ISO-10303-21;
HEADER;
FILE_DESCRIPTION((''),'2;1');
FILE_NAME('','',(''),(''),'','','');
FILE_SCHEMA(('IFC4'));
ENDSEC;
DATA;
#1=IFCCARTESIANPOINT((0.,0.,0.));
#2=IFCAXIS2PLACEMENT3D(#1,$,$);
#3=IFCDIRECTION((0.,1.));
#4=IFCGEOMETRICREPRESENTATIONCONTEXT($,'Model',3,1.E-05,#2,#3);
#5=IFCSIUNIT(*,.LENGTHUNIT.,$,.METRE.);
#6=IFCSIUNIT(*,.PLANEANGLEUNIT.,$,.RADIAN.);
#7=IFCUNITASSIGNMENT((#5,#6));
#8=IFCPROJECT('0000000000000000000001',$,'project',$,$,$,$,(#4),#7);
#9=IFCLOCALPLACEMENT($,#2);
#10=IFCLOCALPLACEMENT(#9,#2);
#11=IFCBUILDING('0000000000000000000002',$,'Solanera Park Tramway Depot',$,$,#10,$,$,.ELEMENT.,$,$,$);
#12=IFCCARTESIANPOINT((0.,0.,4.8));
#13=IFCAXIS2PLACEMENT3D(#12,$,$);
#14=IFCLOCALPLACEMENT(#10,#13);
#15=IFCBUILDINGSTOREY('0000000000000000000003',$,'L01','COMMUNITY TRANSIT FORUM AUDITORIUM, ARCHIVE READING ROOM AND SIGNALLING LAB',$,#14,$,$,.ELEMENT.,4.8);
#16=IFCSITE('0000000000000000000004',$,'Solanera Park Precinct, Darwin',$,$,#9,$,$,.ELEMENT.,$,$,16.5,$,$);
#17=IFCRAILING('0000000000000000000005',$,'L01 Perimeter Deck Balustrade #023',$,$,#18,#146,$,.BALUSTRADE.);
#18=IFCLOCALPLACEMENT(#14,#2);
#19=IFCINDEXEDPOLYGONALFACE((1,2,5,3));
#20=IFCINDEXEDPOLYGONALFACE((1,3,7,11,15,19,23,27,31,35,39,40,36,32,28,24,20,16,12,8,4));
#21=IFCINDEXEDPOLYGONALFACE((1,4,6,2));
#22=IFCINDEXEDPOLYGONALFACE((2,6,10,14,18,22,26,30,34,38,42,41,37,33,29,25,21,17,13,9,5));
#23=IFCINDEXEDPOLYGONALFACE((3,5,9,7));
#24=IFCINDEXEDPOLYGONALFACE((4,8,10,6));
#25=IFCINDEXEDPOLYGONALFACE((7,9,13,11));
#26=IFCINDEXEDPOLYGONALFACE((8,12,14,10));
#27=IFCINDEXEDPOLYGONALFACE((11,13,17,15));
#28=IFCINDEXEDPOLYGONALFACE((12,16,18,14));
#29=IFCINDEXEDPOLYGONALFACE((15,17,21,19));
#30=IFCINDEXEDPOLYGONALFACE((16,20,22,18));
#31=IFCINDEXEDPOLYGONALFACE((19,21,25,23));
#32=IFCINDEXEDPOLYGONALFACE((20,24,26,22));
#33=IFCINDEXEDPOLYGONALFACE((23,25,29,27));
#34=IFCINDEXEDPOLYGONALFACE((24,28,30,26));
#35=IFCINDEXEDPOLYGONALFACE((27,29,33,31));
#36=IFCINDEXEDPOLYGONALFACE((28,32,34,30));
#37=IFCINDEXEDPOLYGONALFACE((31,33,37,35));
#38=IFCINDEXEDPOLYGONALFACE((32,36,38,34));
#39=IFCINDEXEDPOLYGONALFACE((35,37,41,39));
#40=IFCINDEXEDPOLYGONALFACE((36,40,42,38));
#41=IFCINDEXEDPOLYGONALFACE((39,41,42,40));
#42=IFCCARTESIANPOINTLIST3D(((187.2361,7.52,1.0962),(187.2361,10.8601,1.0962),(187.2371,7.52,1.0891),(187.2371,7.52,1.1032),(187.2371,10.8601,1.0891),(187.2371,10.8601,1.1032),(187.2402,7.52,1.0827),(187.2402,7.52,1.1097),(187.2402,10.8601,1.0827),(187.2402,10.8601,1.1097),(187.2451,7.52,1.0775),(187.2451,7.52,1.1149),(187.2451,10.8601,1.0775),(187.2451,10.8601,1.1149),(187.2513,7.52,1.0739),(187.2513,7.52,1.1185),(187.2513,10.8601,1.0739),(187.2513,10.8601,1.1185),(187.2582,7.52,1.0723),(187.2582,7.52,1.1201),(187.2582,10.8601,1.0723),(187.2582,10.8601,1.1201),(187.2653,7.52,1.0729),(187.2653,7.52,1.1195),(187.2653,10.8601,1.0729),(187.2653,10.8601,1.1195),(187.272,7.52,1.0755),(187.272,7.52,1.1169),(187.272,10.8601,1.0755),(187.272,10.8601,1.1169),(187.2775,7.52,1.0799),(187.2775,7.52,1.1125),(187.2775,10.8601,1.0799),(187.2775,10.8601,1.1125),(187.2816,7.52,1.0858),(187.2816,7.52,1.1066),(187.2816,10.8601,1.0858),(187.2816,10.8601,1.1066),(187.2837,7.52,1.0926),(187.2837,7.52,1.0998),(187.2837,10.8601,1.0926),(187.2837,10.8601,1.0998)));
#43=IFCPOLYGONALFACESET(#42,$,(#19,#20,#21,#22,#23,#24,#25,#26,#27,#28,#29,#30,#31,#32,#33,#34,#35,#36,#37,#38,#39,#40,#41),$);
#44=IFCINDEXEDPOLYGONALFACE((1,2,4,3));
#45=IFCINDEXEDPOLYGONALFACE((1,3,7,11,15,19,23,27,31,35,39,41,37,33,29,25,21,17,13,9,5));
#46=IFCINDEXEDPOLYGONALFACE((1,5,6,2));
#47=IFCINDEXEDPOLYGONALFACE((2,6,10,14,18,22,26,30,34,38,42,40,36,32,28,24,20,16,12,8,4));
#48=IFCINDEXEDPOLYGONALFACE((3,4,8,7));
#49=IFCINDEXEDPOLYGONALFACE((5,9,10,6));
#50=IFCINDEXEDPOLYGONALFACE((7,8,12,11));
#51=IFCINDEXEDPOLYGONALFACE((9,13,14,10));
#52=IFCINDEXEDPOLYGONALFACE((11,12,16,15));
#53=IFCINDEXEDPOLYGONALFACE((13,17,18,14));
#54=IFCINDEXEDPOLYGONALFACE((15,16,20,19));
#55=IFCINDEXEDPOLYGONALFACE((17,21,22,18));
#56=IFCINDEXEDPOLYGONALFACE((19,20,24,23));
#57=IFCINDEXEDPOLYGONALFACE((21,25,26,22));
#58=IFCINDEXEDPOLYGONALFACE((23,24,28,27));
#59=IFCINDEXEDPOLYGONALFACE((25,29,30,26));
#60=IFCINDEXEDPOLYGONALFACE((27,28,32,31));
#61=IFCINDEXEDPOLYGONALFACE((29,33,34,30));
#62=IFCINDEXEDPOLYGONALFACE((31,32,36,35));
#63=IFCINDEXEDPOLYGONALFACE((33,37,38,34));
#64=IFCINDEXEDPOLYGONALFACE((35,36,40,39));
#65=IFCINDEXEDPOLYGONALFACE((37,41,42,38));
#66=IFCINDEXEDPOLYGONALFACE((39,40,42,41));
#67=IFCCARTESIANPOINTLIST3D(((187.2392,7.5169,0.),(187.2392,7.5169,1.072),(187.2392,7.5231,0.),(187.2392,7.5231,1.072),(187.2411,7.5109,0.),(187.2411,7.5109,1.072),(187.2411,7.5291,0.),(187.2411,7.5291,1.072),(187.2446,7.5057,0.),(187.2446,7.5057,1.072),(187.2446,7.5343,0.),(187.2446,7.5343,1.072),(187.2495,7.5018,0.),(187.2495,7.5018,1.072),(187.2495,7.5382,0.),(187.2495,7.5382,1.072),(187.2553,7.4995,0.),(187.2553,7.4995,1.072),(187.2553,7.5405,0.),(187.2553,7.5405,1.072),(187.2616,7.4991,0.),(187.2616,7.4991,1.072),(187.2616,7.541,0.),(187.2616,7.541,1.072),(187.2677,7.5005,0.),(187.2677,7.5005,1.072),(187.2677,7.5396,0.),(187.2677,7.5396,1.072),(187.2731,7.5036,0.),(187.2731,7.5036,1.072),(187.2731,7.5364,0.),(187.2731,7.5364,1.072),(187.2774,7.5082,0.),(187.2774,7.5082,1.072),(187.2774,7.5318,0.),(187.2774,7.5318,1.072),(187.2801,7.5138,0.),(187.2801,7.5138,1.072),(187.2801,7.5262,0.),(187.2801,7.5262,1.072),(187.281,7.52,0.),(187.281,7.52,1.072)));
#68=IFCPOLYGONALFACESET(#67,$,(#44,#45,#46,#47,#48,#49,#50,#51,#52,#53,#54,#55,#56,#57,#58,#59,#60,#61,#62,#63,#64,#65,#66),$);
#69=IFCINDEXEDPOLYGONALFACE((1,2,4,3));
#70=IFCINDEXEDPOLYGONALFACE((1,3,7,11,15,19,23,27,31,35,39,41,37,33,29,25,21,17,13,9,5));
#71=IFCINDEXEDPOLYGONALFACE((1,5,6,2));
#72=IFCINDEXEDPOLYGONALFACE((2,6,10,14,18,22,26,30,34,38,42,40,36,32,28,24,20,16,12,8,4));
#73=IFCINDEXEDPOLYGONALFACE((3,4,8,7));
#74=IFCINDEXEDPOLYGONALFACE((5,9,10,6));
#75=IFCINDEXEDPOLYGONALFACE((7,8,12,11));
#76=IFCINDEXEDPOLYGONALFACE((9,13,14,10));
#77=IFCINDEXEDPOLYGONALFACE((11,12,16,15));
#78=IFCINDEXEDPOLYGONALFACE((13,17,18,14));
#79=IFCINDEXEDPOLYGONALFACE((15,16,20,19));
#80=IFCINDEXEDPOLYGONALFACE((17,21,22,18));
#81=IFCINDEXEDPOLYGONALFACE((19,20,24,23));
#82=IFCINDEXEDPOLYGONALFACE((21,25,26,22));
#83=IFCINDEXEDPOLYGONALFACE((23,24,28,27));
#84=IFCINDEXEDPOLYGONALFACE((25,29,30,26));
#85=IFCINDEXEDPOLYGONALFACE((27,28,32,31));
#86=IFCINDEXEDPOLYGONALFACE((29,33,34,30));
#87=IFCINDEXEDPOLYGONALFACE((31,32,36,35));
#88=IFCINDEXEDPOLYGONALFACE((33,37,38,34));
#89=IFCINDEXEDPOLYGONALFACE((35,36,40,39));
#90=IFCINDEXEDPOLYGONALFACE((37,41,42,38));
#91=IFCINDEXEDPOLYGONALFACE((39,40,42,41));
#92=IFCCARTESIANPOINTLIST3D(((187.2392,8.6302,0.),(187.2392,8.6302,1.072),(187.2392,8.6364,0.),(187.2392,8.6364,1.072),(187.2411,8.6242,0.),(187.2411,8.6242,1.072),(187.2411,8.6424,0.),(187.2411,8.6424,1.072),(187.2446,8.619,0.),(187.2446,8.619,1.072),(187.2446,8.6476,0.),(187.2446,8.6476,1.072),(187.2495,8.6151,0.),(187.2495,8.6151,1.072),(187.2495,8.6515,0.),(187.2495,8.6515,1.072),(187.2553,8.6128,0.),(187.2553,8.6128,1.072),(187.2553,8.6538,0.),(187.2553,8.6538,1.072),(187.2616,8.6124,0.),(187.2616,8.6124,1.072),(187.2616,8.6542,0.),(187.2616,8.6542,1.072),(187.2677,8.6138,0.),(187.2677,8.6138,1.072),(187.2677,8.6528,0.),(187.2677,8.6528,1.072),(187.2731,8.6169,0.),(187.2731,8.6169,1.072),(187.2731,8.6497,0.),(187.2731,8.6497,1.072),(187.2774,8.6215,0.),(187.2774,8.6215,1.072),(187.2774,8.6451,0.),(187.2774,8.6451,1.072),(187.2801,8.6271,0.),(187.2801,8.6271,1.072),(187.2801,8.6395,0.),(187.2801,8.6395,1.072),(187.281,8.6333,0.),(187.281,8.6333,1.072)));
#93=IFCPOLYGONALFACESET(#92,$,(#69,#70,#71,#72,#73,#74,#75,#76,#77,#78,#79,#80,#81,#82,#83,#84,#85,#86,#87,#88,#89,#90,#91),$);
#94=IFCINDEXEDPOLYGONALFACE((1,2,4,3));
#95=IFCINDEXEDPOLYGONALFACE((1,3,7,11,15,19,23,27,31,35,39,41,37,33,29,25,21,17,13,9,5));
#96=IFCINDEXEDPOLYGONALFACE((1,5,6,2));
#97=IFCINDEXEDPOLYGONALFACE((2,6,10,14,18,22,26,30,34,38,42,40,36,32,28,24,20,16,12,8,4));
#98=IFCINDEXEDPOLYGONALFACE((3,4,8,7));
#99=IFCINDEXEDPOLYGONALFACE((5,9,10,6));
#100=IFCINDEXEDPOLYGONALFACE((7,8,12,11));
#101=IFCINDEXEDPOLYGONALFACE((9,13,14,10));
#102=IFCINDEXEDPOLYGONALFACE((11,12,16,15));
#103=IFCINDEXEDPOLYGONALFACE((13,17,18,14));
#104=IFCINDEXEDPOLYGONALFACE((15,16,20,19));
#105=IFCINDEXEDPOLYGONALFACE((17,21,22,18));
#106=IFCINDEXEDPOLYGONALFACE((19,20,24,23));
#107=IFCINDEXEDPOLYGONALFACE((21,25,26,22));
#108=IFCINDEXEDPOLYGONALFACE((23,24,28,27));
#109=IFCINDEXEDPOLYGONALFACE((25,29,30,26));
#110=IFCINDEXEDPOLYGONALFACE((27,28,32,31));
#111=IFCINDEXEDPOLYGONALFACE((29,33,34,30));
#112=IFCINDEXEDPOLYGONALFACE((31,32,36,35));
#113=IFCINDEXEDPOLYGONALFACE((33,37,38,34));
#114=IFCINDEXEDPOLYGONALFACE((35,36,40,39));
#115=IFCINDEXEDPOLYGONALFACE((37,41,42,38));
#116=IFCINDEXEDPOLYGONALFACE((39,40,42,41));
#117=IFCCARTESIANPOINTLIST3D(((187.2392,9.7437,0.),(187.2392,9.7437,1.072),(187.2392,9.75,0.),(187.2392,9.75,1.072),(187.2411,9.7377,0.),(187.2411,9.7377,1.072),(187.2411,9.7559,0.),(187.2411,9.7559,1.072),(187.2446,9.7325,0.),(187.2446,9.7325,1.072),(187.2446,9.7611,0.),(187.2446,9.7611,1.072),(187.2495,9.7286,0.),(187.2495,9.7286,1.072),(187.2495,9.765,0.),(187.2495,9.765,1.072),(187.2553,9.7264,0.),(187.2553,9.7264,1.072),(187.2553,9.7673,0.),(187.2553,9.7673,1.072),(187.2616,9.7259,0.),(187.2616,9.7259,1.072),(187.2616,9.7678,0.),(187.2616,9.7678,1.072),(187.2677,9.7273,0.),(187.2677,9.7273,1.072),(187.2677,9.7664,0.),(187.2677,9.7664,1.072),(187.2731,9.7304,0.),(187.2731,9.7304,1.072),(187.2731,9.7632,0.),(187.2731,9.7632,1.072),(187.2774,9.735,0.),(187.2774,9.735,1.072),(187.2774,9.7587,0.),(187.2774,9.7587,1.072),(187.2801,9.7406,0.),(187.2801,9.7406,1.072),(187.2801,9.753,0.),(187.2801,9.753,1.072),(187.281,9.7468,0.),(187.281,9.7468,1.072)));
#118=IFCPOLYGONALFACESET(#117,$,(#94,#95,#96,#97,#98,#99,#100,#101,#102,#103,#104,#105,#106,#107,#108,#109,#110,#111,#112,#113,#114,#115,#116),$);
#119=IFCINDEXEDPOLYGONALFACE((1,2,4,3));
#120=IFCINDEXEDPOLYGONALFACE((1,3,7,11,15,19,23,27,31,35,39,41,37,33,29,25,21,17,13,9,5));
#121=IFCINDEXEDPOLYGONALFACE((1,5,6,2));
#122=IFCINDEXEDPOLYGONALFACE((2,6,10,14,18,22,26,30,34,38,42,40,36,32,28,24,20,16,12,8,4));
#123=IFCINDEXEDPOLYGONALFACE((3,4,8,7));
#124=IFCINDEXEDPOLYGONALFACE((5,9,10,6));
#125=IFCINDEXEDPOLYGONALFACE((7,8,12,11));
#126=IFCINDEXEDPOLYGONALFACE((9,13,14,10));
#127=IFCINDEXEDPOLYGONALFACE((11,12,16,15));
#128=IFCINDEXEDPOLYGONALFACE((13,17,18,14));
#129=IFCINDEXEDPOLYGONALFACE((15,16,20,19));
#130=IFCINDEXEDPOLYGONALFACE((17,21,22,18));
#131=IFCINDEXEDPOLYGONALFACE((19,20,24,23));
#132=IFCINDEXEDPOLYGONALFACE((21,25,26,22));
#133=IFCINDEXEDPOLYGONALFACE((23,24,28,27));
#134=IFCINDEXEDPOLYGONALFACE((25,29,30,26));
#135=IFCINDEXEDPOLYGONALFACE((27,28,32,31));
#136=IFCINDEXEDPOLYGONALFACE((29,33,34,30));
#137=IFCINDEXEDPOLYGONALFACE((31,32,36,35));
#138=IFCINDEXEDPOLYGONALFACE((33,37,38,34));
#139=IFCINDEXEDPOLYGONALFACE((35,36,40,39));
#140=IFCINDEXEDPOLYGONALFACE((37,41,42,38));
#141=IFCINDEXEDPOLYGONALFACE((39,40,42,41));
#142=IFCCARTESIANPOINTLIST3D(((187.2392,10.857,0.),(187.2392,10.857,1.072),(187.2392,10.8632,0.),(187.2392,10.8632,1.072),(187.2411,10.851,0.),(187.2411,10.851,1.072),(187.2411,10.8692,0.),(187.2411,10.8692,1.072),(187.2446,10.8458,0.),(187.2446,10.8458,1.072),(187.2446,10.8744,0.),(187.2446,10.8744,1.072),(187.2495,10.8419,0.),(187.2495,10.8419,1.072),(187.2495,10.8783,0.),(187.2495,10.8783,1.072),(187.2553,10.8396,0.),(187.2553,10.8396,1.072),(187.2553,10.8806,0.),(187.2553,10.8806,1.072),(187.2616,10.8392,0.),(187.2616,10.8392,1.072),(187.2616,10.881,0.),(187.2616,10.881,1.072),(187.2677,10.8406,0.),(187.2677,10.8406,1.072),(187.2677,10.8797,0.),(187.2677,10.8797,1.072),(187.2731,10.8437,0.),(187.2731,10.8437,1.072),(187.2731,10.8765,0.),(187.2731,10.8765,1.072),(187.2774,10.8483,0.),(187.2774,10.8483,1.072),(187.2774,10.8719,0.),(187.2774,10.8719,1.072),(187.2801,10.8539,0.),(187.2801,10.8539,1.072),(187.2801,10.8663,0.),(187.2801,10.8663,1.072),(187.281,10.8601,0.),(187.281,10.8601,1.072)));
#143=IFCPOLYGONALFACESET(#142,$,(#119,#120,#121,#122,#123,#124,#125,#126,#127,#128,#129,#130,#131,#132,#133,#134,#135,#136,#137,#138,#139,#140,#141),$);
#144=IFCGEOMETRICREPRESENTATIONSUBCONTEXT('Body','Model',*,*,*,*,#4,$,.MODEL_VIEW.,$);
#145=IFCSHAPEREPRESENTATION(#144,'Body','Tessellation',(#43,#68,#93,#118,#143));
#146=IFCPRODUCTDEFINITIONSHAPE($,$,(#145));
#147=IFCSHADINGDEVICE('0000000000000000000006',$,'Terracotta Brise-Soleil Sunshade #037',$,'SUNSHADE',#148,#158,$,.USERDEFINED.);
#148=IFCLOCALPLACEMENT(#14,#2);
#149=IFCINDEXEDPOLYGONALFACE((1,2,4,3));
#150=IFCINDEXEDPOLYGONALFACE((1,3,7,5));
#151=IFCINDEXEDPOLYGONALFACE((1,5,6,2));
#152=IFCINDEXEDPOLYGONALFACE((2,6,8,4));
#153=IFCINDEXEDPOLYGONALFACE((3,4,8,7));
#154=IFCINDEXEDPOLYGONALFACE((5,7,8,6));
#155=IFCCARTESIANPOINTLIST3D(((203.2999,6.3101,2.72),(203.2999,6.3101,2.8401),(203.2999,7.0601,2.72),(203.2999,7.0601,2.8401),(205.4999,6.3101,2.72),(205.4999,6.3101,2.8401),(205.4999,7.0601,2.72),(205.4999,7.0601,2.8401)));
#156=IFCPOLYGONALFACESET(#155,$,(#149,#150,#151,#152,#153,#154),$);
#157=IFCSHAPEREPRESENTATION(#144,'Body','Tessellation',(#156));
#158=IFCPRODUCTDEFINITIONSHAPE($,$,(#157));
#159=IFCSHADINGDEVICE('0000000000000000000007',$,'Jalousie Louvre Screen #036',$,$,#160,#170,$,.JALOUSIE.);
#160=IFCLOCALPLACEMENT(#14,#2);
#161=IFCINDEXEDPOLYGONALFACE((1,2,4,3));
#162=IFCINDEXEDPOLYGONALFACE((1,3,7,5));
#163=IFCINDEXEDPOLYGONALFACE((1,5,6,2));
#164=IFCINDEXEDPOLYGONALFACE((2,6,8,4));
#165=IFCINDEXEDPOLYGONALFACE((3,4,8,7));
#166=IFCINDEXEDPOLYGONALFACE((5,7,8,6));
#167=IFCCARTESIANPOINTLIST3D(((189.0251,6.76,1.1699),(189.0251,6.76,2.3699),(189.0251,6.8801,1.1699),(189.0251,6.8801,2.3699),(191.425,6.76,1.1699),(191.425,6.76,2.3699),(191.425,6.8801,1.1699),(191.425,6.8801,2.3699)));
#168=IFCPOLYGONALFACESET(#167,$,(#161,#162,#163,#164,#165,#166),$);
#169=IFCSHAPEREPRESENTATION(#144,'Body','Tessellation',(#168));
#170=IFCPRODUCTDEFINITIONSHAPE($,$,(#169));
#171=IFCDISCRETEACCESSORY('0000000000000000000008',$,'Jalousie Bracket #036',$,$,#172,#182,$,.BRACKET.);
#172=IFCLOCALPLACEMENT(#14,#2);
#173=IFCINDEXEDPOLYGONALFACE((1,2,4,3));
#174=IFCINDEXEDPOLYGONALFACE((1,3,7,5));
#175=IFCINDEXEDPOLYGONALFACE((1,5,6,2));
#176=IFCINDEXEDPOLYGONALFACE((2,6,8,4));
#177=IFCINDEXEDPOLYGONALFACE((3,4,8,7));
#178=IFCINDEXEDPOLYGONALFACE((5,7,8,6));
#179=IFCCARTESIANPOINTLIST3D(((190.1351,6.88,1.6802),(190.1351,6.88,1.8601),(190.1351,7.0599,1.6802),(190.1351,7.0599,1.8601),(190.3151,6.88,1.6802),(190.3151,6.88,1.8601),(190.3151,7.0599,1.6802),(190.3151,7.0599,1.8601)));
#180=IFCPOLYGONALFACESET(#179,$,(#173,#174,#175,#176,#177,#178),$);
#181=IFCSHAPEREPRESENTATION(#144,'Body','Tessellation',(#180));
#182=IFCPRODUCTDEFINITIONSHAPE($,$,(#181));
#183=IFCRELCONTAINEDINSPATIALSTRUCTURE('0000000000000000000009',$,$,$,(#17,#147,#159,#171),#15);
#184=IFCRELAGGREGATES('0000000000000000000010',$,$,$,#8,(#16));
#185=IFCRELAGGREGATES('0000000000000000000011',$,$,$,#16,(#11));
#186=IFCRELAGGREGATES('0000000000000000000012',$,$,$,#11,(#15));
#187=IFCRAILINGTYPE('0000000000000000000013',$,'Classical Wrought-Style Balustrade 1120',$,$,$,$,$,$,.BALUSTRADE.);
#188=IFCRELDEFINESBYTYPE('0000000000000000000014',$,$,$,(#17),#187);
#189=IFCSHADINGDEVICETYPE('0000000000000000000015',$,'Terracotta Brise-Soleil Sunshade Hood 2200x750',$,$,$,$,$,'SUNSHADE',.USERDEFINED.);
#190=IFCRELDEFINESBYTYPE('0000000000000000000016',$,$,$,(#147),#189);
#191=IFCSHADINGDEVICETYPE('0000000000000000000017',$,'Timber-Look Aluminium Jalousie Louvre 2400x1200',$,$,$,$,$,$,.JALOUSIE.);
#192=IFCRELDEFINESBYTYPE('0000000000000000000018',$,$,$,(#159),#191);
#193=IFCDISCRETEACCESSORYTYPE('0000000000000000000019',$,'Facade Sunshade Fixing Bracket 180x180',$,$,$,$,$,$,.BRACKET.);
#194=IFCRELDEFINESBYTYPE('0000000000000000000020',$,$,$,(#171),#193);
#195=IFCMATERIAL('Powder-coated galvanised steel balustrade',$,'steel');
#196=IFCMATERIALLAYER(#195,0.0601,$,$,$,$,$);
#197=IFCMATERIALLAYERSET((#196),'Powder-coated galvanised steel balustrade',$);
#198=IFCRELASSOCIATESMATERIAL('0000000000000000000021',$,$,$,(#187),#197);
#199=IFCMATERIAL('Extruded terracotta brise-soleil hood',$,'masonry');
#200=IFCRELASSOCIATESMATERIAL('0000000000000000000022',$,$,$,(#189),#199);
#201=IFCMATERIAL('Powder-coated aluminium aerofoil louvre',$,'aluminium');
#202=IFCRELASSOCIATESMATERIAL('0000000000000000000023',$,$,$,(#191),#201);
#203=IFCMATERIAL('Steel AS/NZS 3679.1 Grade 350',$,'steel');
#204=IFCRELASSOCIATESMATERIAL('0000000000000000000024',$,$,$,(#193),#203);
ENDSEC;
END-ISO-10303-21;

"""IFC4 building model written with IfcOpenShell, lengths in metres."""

from ifc_helpers import new_model, si_unit, direction, frame, origin, origin_2d, place, context, subcontext, project, spatial, rectangle, circle, extrude, material, layer, layer_set, type_object, element, save


model = new_model("IFC4")

# Units and contexts
model_context = context("Model", 3, precision=1e-05, world=origin(), true_north=direction((0.0, 1.0)))
body_context = subcontext(model_context, "Body", "Model", "MODEL_VIEW")
ifc_project = project(units=[si_unit("LENGTHUNIT", "METRE"), si_unit("PLANEANGLEUNIT", "RADIAN")], contexts=[model_context])

# Site, building, storey
site_placement = place(None, origin())
site = spatial("IfcSite", under=ifc_project, at=site_placement, Name="Solanera Park Precinct, Darwin", CompositionType="ELEMENT", RefElevation=16.5)
building_placement = place(site_placement, origin())
building = spatial("IfcBuilding", under=site, at=building_placement, Name="Solanera Park Tramway Depot", CompositionType="ELEMENT")
storey_placement = place(building_placement, frame((0.0, 0.0, 4.8)))
storey = spatial("IfcBuildingStorey", under=building, at=storey_placement, Name="L01", Description="COMMUNITY TRANSIT FORUM AUDITORIUM, ARCHIVE READING ROOM AND SIGNALLING LAB", CompositionType="ELEMENT", Elevation=4.8)

# Railing
ifc_material_1 = material(Name="Powder-coated galvanised steel balustrade", Category="steel")
ifc_layer_1 = layer(ifc_material_1, 0.0601)
ifc_layer_set_1 = layer_set([ifc_layer_1], Name="Powder-coated galvanised steel balustrade")
railing_type = type_object("IfcRailingType", Name="Classical Wrought-Style Balustrade 1120", PredefinedType="BALUSTRADE", material=ifc_layer_set_1)
railing_placement = place(storey_placement, frame((187.26, 7.52, 0.0)))
element("IfcRailing", 1, at=railing_placement, inside=storey, type_object=railing_type, Name="L01 Perimeter Deck Balustrade #023", PredefinedType="BALUSTRADE", context=body_context, shape_type="SweptSolid", body=[
    extrude(circle(Radius=0.0239, at=origin_2d()), frame((0.0, 0.0, 1.0962), z_axis=(0.0, 1.0, 0.0), x_axis=(-1.0, 0.0, 0.0)), (0.0, 0.0, 1.0), 3.3401),
    extrude(circle(Radius=0.021, at=origin_2d()), origin(), (0.0, 0.0, 1.0), 1.072),
    extrude(circle(Radius=0.021, at=origin_2d()), frame((0.0, 1.1133, 0.0)), (0.0, 0.0, 1.0), 1.072),
    extrude(circle(Radius=0.021, at=origin_2d()), frame((0.0, 2.2268, 0.0)), (0.0, 0.0, 1.0), 1.072),
    extrude(circle(Radius=0.021, at=origin_2d()), frame((0.0, 3.3401, 0.0)), (0.0, 0.0, 1.0), 1.072),
])

# Shading devices
ifc_material_2 = material(Name="Extruded terracotta brise-soleil hood", Category="masonry")
shading_device_type_1 = type_object("IfcShadingDeviceType", Name="Terracotta Brise-Soleil Sunshade Hood 2200x750", ElementType="SUNSHADE", PredefinedType="USERDEFINED", material=ifc_material_2)
shading_device_1_placement = place(storey_placement, frame((204.3999, 6.6851, 2.72), z_axis=(0.0, 0.0, 1.0), x_axis=(1.0, 0.0, 0.0)))
element("IfcShadingDevice", 2, at=shading_device_1_placement, inside=storey, type_object=shading_device_type_1, Name="Terracotta Brise-Soleil Sunshade #037", ObjectType="SUNSHADE", PredefinedType="USERDEFINED", context=body_context, shape_type="SweptSolid", body=[
    extrude(rectangle(XDim=2.2, YDim=0.75, at=origin_2d()), origin(), (0.0, 0.0, 1.0), 0.1201),
])
ifc_material_3 = material(Name="Powder-coated aluminium aerofoil louvre", Category="aluminium")
shading_device_type_2 = type_object("IfcShadingDeviceType", Name="Timber-Look Aluminium Jalousie Louvre 2400x1200", PredefinedType="JALOUSIE", material=ifc_material_3)
shading_device_2_placement = place(storey_placement, frame((190.2251, 6.8201, 1.1699), z_axis=(0.0, 0.0, 1.0), x_axis=(1.0, 0.0, 0.0)))
element("IfcShadingDevice", 3, at=shading_device_2_placement, inside=storey, type_object=shading_device_type_2, Name="Jalousie Louvre Screen #036", PredefinedType="JALOUSIE", context=body_context, shape_type="SweptSolid", body=[
    extrude(rectangle(XDim=2.3999, YDim=0.1201, at=origin_2d()), origin(), (0.0, 0.0, 1.0), 1.2),
])

# Discrete accessory
ifc_material_4 = material(Name="Steel AS/NZS 3679.1 Grade 350", Category="steel")
discrete_accessory_type = type_object("IfcDiscreteAccessoryType", Name="Facade Sunshade Fixing Bracket 180x180", PredefinedType="BRACKET", material=ifc_material_4)
discrete_accessory_placement = place(storey_placement, frame((190.2251, 6.97, 1.6802), z_axis=(0.0, 0.0, 1.0), x_axis=(1.0, 0.0, 0.0)))
element("IfcDiscreteAccessory", 4, at=discrete_accessory_placement, inside=storey, type_object=discrete_accessory_type, Name="Jalousie Bracket #036", PredefinedType="BRACKET", context=body_context, shape_type="SweptSolid", body=[
    extrude(rectangle(XDim=0.1799, YDim=0.1799, at=origin_2d()), origin(), (0.0, 0.0, 1.0), 0.1799),
])

save(model, "model.ifc")
